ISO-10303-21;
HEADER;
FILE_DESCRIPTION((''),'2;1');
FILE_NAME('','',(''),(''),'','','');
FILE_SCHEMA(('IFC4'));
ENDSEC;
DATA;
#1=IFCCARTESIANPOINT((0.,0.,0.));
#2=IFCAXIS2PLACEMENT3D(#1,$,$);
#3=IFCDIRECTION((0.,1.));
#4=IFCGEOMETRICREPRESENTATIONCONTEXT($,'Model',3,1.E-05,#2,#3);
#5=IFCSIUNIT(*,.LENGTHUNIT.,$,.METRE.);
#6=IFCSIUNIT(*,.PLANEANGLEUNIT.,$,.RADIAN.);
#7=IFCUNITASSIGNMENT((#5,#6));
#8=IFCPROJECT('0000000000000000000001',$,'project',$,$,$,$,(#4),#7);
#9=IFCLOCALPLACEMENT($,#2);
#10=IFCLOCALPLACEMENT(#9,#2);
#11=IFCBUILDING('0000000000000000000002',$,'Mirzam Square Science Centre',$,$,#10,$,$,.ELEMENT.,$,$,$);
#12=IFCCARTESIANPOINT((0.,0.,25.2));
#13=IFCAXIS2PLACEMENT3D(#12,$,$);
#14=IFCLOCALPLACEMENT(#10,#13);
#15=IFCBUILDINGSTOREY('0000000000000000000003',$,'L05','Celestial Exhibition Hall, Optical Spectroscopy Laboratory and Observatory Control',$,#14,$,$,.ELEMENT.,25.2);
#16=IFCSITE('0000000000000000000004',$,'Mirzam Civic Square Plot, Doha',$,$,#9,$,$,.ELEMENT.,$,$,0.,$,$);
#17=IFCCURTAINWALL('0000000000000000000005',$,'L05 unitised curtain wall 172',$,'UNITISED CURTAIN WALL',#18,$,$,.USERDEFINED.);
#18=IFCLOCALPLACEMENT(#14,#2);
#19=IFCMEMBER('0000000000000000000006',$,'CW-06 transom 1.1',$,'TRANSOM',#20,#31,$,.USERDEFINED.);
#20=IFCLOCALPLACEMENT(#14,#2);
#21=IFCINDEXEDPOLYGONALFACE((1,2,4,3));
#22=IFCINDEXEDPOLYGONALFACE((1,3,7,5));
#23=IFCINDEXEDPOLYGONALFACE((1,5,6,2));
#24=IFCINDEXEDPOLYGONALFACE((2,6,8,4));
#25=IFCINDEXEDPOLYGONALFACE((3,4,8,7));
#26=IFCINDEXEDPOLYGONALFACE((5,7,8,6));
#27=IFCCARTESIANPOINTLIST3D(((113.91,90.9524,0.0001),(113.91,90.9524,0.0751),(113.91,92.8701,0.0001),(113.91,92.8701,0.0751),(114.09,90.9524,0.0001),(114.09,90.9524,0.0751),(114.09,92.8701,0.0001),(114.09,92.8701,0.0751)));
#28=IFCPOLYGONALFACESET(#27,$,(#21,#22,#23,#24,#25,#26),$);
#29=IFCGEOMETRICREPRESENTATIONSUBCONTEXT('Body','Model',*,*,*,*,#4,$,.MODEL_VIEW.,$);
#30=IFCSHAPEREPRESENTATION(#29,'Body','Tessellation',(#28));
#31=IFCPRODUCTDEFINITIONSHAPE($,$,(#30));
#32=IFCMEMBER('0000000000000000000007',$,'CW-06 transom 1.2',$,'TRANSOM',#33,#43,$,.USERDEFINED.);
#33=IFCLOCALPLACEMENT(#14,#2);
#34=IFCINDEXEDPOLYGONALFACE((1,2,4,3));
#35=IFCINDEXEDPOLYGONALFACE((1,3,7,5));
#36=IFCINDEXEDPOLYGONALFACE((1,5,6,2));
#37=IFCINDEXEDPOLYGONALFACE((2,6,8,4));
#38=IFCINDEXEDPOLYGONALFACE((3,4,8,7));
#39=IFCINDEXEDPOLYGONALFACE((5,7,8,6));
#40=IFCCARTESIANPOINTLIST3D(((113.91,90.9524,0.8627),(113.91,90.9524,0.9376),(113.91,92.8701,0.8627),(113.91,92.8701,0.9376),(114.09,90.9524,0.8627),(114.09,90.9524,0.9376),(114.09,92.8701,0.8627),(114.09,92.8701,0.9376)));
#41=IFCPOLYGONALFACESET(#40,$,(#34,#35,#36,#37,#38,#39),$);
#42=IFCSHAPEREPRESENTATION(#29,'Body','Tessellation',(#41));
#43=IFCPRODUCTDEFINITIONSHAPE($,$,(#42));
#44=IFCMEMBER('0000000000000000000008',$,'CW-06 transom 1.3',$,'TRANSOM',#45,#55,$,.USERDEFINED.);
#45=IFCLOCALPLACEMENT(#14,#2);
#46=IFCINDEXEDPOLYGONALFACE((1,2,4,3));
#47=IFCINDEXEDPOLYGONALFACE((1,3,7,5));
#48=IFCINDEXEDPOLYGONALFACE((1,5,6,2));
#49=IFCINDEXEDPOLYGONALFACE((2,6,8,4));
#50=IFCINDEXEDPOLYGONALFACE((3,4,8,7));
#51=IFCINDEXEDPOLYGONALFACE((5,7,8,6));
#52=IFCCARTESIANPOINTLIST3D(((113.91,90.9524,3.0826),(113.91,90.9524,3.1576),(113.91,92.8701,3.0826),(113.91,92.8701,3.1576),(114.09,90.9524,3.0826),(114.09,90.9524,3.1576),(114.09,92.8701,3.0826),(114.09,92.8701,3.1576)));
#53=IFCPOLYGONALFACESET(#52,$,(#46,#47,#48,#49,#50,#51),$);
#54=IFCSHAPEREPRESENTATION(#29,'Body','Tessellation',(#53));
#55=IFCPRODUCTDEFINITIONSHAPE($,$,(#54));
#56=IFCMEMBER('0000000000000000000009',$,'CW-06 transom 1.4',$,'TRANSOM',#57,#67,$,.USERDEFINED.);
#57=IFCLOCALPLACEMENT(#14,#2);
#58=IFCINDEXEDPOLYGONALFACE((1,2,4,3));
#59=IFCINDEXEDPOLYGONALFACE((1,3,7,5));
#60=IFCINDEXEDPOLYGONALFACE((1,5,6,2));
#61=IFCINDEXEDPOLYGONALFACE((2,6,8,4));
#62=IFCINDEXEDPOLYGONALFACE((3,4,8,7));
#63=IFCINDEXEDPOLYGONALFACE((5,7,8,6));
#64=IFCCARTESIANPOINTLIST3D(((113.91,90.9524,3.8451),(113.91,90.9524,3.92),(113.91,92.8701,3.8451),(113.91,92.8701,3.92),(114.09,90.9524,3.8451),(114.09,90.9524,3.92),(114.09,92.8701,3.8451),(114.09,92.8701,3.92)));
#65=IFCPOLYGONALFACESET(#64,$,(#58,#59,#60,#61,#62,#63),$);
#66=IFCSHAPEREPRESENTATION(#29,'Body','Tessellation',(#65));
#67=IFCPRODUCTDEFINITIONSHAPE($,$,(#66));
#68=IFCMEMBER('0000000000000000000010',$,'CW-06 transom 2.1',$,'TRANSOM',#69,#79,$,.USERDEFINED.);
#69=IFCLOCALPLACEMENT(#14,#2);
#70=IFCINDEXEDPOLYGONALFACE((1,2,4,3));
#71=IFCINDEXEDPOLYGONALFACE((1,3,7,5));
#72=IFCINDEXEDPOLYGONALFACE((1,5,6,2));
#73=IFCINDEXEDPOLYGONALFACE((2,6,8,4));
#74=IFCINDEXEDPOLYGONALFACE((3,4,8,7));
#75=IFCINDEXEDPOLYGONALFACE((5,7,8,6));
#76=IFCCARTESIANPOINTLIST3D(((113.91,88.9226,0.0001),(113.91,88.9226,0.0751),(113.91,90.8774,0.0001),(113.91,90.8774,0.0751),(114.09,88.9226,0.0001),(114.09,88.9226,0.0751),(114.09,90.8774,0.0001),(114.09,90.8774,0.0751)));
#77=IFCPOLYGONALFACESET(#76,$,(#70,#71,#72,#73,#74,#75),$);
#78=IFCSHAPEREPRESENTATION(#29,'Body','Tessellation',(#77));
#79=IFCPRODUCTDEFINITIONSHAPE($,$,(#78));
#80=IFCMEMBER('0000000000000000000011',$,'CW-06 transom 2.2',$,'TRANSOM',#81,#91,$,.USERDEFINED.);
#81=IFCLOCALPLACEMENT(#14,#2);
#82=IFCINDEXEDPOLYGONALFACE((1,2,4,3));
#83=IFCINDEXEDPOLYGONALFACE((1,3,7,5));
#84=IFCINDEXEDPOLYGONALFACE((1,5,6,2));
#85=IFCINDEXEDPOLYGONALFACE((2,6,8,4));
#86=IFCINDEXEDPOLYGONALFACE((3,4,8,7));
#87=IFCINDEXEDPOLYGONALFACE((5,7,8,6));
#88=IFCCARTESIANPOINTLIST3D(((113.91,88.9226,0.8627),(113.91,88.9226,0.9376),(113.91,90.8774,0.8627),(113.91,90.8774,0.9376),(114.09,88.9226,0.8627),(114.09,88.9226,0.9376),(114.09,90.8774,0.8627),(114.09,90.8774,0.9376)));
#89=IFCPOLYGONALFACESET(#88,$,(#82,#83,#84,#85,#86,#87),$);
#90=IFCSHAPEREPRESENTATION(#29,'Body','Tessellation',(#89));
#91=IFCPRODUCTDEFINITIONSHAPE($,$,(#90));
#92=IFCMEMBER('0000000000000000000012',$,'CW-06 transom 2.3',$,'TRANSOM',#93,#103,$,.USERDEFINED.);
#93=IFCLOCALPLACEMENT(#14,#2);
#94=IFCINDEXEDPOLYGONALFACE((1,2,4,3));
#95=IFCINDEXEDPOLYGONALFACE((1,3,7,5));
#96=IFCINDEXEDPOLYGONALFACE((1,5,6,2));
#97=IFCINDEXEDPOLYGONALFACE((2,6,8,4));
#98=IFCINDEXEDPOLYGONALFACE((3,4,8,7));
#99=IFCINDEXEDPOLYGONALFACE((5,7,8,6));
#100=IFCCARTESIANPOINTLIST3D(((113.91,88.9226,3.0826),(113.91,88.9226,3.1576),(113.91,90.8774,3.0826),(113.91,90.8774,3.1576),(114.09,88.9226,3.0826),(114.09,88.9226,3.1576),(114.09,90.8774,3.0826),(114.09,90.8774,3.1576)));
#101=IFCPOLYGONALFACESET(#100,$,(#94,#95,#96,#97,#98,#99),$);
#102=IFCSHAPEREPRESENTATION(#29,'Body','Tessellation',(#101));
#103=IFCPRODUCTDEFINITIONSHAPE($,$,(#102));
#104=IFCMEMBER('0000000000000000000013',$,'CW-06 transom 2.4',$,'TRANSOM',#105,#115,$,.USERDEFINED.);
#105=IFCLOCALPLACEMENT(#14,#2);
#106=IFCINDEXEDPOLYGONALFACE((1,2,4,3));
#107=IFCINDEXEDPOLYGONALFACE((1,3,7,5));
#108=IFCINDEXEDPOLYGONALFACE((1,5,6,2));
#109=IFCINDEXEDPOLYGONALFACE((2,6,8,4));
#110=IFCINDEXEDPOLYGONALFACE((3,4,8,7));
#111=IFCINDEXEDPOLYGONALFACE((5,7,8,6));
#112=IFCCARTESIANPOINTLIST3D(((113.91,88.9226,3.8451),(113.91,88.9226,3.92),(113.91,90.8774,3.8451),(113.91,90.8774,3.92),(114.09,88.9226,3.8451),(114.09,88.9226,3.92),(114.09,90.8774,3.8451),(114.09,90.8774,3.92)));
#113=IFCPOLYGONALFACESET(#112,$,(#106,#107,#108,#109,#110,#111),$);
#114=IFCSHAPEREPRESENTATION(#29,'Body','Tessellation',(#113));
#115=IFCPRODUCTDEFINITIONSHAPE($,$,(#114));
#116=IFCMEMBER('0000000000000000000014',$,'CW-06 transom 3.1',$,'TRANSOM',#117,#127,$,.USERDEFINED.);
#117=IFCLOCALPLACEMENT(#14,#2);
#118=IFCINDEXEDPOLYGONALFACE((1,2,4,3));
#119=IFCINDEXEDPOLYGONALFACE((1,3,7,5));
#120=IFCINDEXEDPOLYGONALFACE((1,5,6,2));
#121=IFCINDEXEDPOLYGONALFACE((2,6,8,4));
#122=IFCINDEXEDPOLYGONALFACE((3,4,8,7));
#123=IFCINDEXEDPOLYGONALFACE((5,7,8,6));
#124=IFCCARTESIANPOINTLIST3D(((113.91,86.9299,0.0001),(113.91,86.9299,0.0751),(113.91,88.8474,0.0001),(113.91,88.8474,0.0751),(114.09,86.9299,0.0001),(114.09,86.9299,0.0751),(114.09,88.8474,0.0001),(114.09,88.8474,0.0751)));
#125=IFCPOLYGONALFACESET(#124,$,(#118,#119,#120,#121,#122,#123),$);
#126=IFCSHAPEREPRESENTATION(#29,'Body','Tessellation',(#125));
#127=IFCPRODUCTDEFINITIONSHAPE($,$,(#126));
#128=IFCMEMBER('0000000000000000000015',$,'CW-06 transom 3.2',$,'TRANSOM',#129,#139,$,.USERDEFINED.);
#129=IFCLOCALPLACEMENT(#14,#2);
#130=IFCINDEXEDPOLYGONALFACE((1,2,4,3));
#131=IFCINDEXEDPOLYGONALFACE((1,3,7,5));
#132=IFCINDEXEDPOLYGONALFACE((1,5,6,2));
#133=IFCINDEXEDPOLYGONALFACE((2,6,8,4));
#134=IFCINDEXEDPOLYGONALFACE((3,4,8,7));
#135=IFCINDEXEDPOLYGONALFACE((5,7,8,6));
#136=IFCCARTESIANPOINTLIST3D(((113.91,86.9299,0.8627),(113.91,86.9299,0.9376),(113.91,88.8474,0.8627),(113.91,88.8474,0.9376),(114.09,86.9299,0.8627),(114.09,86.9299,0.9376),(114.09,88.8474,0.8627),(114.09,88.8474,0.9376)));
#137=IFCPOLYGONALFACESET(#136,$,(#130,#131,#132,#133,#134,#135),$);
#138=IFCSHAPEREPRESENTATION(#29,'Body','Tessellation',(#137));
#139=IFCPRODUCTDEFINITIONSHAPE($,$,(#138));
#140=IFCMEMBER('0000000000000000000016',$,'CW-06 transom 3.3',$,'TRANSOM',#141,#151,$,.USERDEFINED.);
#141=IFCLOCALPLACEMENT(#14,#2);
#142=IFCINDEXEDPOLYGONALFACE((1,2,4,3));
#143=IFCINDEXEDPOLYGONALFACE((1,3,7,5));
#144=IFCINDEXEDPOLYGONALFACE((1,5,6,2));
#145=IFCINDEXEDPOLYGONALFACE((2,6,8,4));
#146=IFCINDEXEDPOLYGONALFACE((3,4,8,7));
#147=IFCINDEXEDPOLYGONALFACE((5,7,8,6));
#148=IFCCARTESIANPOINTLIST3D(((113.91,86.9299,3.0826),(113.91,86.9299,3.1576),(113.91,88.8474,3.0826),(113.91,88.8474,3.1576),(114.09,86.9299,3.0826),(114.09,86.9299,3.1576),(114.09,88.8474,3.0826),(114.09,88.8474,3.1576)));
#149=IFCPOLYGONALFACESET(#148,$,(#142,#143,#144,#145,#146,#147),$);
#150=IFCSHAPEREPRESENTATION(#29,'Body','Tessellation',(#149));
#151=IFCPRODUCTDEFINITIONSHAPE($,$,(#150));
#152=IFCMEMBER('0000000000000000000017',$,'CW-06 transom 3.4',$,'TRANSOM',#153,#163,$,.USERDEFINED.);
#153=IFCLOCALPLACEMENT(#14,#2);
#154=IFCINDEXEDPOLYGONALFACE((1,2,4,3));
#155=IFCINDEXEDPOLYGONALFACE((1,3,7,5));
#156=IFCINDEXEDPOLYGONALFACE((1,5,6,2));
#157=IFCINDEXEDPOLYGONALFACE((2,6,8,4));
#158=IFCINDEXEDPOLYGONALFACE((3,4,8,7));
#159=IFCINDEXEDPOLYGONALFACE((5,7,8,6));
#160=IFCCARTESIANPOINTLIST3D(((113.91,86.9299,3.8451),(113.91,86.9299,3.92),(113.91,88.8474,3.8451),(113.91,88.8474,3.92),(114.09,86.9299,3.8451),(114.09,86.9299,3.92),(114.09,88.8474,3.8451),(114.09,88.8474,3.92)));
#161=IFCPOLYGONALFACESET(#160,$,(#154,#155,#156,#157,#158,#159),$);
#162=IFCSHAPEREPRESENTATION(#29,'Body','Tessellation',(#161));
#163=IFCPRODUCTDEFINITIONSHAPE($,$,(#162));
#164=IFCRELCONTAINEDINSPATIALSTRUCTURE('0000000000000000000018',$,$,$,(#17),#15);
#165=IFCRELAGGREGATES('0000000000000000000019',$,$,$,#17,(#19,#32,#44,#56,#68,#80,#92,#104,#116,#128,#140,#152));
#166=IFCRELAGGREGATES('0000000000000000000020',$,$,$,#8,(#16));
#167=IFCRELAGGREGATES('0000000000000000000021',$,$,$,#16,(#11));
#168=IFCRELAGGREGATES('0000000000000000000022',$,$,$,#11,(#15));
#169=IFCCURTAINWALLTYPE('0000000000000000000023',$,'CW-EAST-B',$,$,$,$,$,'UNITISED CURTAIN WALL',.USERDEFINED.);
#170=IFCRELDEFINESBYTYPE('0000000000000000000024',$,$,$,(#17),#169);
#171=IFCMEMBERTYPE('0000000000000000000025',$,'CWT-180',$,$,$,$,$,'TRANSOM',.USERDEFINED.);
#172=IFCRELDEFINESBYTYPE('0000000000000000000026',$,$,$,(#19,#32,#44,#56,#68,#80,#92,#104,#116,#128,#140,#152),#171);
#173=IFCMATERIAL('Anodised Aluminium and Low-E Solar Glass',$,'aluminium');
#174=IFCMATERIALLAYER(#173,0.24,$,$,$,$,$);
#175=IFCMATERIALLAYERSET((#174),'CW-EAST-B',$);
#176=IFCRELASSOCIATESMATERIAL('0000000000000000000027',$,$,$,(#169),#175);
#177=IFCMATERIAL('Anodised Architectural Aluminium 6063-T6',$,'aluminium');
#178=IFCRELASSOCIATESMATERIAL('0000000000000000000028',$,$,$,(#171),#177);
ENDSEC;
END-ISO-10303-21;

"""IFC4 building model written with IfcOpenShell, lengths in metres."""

from ifc_helpers import new_model, si_unit, direction, frame, origin, origin_2d, place, context, subcontext, project, spatial, rectangle, extrude, material, layer, layer_set, material_profile, profile_set, type_object, element, aggregate, save


model = new_model("IFC4")

# Units and contexts
model_context = context("Model", 3, precision=1e-05, world=origin(), true_north=direction((0.0, 1.0)))
body_context = subcontext(model_context, "Body", "Model", "MODEL_VIEW")
ifc_project = project(units=[si_unit("LENGTHUNIT", "METRE"), si_unit("PLANEANGLEUNIT", "RADIAN")], contexts=[model_context])

# Site, building, storey
site_placement = place(None, origin())
site = spatial("IfcSite", under=ifc_project, at=site_placement, Name="Mirzam Civic Square Plot, Doha", CompositionType="ELEMENT", RefElevation=0.0)
building_placement = place(site_placement, origin())
building = spatial("IfcBuilding", under=site, at=building_placement, Name="Mirzam Square Science Centre", CompositionType="ELEMENT")
storey_placement = place(building_placement, frame((0.0, 0.0, 25.2)))
storey = spatial("IfcBuildingStorey", under=building, at=storey_placement, Name="L05", Description="Celestial Exhibition Hall, Optical Spectroscopy Laboratory and Observatory Control", CompositionType="ELEMENT", Elevation=25.2)

# Curtain wall, members
ifc_material_1 = material(Name="Anodised Aluminium and Low-E Solar Glass", Category="aluminium")
ifc_layer_1 = layer(ifc_material_1, 0.24)
ifc_layer_set_1 = layer_set([ifc_layer_1], Name="CW-EAST-B")
curtain_wall_type = type_object("IfcCurtainWallType", Name="CW-EAST-B", ElementType="UNITISED CURTAIN WALL", PredefinedType="USERDEFINED", material=ifc_layer_set_1)
curtain_wall_placement = place(storey_placement, origin())
curtain_wall = element("IfcCurtainWall", 1, at=curtain_wall_placement, inside=storey, type_object=curtain_wall_type, Name="L05 unitised curtain wall 172", ObjectType="UNITISED CURTAIN WALL", PredefinedType="USERDEFINED")
ifc_material_2 = material(Name="Anodised Architectural Aluminium 6063-T6", Category="aluminium")
ifc_material_profile_1 = material_profile(ifc_material_2, rectangle(XDim=0.1799, YDim=0.075, at=origin_2d()), Name="ALU-TRAN-180x75x5")
ifc_profile_set_1 = profile_set([ifc_material_profile_1], Name="Anodised Architectural Aluminium 6063-T6")
member_type_1 = type_object("IfcMemberType", Name="CWT-180", ElementType="TRANSOM", PredefinedType="USERDEFINED", material=ifc_profile_set_1)
member_1_placement = place(storey_placement, frame((114.0, 92.8701, 0.0376), z_axis=(0.0, -1.0, 0.0), x_axis=(1.0, 0.0, 0.0)))
member_1 = element("IfcMember", 2, at=member_1_placement, type_object=member_type_1, Name="CW-06 transom 1.1", ObjectType="TRANSOM", PredefinedType="USERDEFINED", context=body_context, shape_type="SweptSolid", body=[
    extrude(rectangle(XDim=0.1799, YDim=0.075, at=origin_2d()), origin(), (0.0, 0.0, 1.0), 1.9177),
])
member_2_placement = place(storey_placement, frame((114.0, 92.8701, 0.9001), z_axis=(0.0, -1.0, 0.0), x_axis=(1.0, 0.0, 0.0)))
member_2 = element("IfcMember", 3, at=member_2_placement, type_object=member_type_1, Name="CW-06 transom 1.2", ObjectType="TRANSOM", PredefinedType="USERDEFINED", context=body_context, shape_type="SweptSolid", body=[
    extrude(rectangle(XDim=0.1799, YDim=0.075, at=origin_2d()), origin(), (0.0, 0.0, 1.0), 1.9177),
])
member_3_placement = place(storey_placement, frame((114.0, 92.8701, 3.1201), z_axis=(0.0, -1.0, 0.0), x_axis=(1.0, 0.0, 0.0)))
member_3 = element("IfcMember", 4, at=member_3_placement, type_object=member_type_1, Name="CW-06 transom 1.3", ObjectType="TRANSOM", PredefinedType="USERDEFINED", context=body_context, shape_type="SweptSolid", body=[
    extrude(rectangle(XDim=0.1799, YDim=0.075, at=origin_2d()), origin(), (0.0, 0.0, 1.0), 1.9177),
])
member_4_placement = place(storey_placement, frame((114.0, 92.8701, 3.8826), z_axis=(0.0, -1.0, 0.0), x_axis=(1.0, 0.0, 0.0)))
member_4 = element("IfcMember", 5, at=member_4_placement, type_object=member_type_1, Name="CW-06 transom 1.4", ObjectType="TRANSOM", PredefinedType="USERDEFINED", context=body_context, shape_type="SweptSolid", body=[
    extrude(rectangle(XDim=0.1799, YDim=0.075, at=origin_2d()), origin(), (0.0, 0.0, 1.0), 1.9177),
])
member_5_placement = place(storey_placement, frame((114.0, 90.8774, 0.0376), z_axis=(0.0, -1.0, 0.0), x_axis=(1.0, 0.0, 0.0)))
member_5 = element("IfcMember", 6, at=member_5_placement, type_object=member_type_1, Name="CW-06 transom 2.1", ObjectType="TRANSOM", PredefinedType="USERDEFINED", context=body_context, shape_type="SweptSolid", body=[
    extrude(rectangle(XDim=0.1799, YDim=0.075, at=origin_2d()), origin(), (0.0, 0.0, 1.0), 1.9548),
])
member_6_placement = place(storey_placement, frame((114.0, 90.8774, 0.9001), z_axis=(0.0, -1.0, 0.0), x_axis=(1.0, 0.0, 0.0)))
member_6 = element("IfcMember", 7, at=member_6_placement, type_object=member_type_1, Name="CW-06 transom 2.2", ObjectType="TRANSOM", PredefinedType="USERDEFINED", context=body_context, shape_type="SweptSolid", body=[
    extrude(rectangle(XDim=0.1799, YDim=0.075, at=origin_2d()), origin(), (0.0, 0.0, 1.0), 1.9548),
])
member_7_placement = place(storey_placement, frame((114.0, 90.8774, 3.1201), z_axis=(0.0, -1.0, 0.0), x_axis=(1.0, 0.0, 0.0)))
member_7 = element("IfcMember", 8, at=member_7_placement, type_object=member_type_1, Name="CW-06 transom 2.3", ObjectType="TRANSOM", PredefinedType="USERDEFINED", context=body_context, shape_type="SweptSolid", body=[
    extrude(rectangle(XDim=0.1799, YDim=0.075, at=origin_2d()), origin(), (0.0, 0.0, 1.0), 1.9548),
])
member_8_placement = place(storey_placement, frame((114.0, 90.8774, 3.8826), z_axis=(0.0, -1.0, 0.0), x_axis=(1.0, 0.0, 0.0)))
member_8 = element("IfcMember", 9, at=member_8_placement, type_object=member_type_1, Name="CW-06 transom 2.4", ObjectType="TRANSOM", PredefinedType="USERDEFINED", context=body_context, shape_type="SweptSolid", body=[
    extrude(rectangle(XDim=0.1799, YDim=0.075, at=origin_2d()), origin(), (0.0, 0.0, 1.0), 1.9548),
])
member_9_placement = place(storey_placement, frame((114.0, 88.8474, 0.0376), z_axis=(0.0, -1.0, 0.0), x_axis=(1.0, 0.0, 0.0)))
member_9 = element("IfcMember", 10, at=member_9_placement, type_object=member_type_1, Name="CW-06 transom 3.1", ObjectType="TRANSOM", PredefinedType="USERDEFINED", context=body_context, shape_type="SweptSolid", body=[
    extrude(rectangle(XDim=0.1799, YDim=0.075, at=origin_2d()), origin(), (0.0, 0.0, 1.0), 1.9175),
])
member_10_placement = place(storey_placement, frame((114.0, 88.8474, 0.9001), z_axis=(0.0, -1.0, 0.0), x_axis=(1.0, 0.0, 0.0)))
member_10 = element("IfcMember", 11, at=member_10_placement, type_object=member_type_1, Name="CW-06 transom 3.2", ObjectType="TRANSOM", PredefinedType="USERDEFINED", context=body_context, shape_type="SweptSolid", body=[
    extrude(rectangle(XDim=0.1799, YDim=0.075, at=origin_2d()), origin(), (0.0, 0.0, 1.0), 1.9175),
])
member_11_placement = place(storey_placement, frame((114.0, 88.8474, 3.1201), z_axis=(0.0, -1.0, 0.0), x_axis=(1.0, 0.0, 0.0)))
member_11 = element("IfcMember", 12, at=member_11_placement, type_object=member_type_1, Name="CW-06 transom 3.3", ObjectType="TRANSOM", PredefinedType="USERDEFINED", context=body_context, shape_type="SweptSolid", body=[
    extrude(rectangle(XDim=0.1799, YDim=0.075, at=origin_2d()), origin(), (0.0, 0.0, 1.0), 1.9175),
])
member_12_placement = place(storey_placement, frame((114.0, 88.8474, 3.8826), z_axis=(0.0, -1.0, 0.0), x_axis=(1.0, 0.0, 0.0)))
member_12 = element("IfcMember", 13, at=member_12_placement, type_object=member_type_1, Name="CW-06 transom 3.4", ObjectType="TRANSOM", PredefinedType="USERDEFINED", context=body_context, shape_type="SweptSolid", body=[
    extrude(rectangle(XDim=0.1799, YDim=0.075, at=origin_2d()), origin(), (0.0, 0.0, 1.0), 1.9175),
])

aggregate(curtain_wall, [member_1, member_2, member_3, member_4, member_5, member_6, member_7, member_8, member_9, member_10, member_11, member_12])

save(model, "model.ifc")
